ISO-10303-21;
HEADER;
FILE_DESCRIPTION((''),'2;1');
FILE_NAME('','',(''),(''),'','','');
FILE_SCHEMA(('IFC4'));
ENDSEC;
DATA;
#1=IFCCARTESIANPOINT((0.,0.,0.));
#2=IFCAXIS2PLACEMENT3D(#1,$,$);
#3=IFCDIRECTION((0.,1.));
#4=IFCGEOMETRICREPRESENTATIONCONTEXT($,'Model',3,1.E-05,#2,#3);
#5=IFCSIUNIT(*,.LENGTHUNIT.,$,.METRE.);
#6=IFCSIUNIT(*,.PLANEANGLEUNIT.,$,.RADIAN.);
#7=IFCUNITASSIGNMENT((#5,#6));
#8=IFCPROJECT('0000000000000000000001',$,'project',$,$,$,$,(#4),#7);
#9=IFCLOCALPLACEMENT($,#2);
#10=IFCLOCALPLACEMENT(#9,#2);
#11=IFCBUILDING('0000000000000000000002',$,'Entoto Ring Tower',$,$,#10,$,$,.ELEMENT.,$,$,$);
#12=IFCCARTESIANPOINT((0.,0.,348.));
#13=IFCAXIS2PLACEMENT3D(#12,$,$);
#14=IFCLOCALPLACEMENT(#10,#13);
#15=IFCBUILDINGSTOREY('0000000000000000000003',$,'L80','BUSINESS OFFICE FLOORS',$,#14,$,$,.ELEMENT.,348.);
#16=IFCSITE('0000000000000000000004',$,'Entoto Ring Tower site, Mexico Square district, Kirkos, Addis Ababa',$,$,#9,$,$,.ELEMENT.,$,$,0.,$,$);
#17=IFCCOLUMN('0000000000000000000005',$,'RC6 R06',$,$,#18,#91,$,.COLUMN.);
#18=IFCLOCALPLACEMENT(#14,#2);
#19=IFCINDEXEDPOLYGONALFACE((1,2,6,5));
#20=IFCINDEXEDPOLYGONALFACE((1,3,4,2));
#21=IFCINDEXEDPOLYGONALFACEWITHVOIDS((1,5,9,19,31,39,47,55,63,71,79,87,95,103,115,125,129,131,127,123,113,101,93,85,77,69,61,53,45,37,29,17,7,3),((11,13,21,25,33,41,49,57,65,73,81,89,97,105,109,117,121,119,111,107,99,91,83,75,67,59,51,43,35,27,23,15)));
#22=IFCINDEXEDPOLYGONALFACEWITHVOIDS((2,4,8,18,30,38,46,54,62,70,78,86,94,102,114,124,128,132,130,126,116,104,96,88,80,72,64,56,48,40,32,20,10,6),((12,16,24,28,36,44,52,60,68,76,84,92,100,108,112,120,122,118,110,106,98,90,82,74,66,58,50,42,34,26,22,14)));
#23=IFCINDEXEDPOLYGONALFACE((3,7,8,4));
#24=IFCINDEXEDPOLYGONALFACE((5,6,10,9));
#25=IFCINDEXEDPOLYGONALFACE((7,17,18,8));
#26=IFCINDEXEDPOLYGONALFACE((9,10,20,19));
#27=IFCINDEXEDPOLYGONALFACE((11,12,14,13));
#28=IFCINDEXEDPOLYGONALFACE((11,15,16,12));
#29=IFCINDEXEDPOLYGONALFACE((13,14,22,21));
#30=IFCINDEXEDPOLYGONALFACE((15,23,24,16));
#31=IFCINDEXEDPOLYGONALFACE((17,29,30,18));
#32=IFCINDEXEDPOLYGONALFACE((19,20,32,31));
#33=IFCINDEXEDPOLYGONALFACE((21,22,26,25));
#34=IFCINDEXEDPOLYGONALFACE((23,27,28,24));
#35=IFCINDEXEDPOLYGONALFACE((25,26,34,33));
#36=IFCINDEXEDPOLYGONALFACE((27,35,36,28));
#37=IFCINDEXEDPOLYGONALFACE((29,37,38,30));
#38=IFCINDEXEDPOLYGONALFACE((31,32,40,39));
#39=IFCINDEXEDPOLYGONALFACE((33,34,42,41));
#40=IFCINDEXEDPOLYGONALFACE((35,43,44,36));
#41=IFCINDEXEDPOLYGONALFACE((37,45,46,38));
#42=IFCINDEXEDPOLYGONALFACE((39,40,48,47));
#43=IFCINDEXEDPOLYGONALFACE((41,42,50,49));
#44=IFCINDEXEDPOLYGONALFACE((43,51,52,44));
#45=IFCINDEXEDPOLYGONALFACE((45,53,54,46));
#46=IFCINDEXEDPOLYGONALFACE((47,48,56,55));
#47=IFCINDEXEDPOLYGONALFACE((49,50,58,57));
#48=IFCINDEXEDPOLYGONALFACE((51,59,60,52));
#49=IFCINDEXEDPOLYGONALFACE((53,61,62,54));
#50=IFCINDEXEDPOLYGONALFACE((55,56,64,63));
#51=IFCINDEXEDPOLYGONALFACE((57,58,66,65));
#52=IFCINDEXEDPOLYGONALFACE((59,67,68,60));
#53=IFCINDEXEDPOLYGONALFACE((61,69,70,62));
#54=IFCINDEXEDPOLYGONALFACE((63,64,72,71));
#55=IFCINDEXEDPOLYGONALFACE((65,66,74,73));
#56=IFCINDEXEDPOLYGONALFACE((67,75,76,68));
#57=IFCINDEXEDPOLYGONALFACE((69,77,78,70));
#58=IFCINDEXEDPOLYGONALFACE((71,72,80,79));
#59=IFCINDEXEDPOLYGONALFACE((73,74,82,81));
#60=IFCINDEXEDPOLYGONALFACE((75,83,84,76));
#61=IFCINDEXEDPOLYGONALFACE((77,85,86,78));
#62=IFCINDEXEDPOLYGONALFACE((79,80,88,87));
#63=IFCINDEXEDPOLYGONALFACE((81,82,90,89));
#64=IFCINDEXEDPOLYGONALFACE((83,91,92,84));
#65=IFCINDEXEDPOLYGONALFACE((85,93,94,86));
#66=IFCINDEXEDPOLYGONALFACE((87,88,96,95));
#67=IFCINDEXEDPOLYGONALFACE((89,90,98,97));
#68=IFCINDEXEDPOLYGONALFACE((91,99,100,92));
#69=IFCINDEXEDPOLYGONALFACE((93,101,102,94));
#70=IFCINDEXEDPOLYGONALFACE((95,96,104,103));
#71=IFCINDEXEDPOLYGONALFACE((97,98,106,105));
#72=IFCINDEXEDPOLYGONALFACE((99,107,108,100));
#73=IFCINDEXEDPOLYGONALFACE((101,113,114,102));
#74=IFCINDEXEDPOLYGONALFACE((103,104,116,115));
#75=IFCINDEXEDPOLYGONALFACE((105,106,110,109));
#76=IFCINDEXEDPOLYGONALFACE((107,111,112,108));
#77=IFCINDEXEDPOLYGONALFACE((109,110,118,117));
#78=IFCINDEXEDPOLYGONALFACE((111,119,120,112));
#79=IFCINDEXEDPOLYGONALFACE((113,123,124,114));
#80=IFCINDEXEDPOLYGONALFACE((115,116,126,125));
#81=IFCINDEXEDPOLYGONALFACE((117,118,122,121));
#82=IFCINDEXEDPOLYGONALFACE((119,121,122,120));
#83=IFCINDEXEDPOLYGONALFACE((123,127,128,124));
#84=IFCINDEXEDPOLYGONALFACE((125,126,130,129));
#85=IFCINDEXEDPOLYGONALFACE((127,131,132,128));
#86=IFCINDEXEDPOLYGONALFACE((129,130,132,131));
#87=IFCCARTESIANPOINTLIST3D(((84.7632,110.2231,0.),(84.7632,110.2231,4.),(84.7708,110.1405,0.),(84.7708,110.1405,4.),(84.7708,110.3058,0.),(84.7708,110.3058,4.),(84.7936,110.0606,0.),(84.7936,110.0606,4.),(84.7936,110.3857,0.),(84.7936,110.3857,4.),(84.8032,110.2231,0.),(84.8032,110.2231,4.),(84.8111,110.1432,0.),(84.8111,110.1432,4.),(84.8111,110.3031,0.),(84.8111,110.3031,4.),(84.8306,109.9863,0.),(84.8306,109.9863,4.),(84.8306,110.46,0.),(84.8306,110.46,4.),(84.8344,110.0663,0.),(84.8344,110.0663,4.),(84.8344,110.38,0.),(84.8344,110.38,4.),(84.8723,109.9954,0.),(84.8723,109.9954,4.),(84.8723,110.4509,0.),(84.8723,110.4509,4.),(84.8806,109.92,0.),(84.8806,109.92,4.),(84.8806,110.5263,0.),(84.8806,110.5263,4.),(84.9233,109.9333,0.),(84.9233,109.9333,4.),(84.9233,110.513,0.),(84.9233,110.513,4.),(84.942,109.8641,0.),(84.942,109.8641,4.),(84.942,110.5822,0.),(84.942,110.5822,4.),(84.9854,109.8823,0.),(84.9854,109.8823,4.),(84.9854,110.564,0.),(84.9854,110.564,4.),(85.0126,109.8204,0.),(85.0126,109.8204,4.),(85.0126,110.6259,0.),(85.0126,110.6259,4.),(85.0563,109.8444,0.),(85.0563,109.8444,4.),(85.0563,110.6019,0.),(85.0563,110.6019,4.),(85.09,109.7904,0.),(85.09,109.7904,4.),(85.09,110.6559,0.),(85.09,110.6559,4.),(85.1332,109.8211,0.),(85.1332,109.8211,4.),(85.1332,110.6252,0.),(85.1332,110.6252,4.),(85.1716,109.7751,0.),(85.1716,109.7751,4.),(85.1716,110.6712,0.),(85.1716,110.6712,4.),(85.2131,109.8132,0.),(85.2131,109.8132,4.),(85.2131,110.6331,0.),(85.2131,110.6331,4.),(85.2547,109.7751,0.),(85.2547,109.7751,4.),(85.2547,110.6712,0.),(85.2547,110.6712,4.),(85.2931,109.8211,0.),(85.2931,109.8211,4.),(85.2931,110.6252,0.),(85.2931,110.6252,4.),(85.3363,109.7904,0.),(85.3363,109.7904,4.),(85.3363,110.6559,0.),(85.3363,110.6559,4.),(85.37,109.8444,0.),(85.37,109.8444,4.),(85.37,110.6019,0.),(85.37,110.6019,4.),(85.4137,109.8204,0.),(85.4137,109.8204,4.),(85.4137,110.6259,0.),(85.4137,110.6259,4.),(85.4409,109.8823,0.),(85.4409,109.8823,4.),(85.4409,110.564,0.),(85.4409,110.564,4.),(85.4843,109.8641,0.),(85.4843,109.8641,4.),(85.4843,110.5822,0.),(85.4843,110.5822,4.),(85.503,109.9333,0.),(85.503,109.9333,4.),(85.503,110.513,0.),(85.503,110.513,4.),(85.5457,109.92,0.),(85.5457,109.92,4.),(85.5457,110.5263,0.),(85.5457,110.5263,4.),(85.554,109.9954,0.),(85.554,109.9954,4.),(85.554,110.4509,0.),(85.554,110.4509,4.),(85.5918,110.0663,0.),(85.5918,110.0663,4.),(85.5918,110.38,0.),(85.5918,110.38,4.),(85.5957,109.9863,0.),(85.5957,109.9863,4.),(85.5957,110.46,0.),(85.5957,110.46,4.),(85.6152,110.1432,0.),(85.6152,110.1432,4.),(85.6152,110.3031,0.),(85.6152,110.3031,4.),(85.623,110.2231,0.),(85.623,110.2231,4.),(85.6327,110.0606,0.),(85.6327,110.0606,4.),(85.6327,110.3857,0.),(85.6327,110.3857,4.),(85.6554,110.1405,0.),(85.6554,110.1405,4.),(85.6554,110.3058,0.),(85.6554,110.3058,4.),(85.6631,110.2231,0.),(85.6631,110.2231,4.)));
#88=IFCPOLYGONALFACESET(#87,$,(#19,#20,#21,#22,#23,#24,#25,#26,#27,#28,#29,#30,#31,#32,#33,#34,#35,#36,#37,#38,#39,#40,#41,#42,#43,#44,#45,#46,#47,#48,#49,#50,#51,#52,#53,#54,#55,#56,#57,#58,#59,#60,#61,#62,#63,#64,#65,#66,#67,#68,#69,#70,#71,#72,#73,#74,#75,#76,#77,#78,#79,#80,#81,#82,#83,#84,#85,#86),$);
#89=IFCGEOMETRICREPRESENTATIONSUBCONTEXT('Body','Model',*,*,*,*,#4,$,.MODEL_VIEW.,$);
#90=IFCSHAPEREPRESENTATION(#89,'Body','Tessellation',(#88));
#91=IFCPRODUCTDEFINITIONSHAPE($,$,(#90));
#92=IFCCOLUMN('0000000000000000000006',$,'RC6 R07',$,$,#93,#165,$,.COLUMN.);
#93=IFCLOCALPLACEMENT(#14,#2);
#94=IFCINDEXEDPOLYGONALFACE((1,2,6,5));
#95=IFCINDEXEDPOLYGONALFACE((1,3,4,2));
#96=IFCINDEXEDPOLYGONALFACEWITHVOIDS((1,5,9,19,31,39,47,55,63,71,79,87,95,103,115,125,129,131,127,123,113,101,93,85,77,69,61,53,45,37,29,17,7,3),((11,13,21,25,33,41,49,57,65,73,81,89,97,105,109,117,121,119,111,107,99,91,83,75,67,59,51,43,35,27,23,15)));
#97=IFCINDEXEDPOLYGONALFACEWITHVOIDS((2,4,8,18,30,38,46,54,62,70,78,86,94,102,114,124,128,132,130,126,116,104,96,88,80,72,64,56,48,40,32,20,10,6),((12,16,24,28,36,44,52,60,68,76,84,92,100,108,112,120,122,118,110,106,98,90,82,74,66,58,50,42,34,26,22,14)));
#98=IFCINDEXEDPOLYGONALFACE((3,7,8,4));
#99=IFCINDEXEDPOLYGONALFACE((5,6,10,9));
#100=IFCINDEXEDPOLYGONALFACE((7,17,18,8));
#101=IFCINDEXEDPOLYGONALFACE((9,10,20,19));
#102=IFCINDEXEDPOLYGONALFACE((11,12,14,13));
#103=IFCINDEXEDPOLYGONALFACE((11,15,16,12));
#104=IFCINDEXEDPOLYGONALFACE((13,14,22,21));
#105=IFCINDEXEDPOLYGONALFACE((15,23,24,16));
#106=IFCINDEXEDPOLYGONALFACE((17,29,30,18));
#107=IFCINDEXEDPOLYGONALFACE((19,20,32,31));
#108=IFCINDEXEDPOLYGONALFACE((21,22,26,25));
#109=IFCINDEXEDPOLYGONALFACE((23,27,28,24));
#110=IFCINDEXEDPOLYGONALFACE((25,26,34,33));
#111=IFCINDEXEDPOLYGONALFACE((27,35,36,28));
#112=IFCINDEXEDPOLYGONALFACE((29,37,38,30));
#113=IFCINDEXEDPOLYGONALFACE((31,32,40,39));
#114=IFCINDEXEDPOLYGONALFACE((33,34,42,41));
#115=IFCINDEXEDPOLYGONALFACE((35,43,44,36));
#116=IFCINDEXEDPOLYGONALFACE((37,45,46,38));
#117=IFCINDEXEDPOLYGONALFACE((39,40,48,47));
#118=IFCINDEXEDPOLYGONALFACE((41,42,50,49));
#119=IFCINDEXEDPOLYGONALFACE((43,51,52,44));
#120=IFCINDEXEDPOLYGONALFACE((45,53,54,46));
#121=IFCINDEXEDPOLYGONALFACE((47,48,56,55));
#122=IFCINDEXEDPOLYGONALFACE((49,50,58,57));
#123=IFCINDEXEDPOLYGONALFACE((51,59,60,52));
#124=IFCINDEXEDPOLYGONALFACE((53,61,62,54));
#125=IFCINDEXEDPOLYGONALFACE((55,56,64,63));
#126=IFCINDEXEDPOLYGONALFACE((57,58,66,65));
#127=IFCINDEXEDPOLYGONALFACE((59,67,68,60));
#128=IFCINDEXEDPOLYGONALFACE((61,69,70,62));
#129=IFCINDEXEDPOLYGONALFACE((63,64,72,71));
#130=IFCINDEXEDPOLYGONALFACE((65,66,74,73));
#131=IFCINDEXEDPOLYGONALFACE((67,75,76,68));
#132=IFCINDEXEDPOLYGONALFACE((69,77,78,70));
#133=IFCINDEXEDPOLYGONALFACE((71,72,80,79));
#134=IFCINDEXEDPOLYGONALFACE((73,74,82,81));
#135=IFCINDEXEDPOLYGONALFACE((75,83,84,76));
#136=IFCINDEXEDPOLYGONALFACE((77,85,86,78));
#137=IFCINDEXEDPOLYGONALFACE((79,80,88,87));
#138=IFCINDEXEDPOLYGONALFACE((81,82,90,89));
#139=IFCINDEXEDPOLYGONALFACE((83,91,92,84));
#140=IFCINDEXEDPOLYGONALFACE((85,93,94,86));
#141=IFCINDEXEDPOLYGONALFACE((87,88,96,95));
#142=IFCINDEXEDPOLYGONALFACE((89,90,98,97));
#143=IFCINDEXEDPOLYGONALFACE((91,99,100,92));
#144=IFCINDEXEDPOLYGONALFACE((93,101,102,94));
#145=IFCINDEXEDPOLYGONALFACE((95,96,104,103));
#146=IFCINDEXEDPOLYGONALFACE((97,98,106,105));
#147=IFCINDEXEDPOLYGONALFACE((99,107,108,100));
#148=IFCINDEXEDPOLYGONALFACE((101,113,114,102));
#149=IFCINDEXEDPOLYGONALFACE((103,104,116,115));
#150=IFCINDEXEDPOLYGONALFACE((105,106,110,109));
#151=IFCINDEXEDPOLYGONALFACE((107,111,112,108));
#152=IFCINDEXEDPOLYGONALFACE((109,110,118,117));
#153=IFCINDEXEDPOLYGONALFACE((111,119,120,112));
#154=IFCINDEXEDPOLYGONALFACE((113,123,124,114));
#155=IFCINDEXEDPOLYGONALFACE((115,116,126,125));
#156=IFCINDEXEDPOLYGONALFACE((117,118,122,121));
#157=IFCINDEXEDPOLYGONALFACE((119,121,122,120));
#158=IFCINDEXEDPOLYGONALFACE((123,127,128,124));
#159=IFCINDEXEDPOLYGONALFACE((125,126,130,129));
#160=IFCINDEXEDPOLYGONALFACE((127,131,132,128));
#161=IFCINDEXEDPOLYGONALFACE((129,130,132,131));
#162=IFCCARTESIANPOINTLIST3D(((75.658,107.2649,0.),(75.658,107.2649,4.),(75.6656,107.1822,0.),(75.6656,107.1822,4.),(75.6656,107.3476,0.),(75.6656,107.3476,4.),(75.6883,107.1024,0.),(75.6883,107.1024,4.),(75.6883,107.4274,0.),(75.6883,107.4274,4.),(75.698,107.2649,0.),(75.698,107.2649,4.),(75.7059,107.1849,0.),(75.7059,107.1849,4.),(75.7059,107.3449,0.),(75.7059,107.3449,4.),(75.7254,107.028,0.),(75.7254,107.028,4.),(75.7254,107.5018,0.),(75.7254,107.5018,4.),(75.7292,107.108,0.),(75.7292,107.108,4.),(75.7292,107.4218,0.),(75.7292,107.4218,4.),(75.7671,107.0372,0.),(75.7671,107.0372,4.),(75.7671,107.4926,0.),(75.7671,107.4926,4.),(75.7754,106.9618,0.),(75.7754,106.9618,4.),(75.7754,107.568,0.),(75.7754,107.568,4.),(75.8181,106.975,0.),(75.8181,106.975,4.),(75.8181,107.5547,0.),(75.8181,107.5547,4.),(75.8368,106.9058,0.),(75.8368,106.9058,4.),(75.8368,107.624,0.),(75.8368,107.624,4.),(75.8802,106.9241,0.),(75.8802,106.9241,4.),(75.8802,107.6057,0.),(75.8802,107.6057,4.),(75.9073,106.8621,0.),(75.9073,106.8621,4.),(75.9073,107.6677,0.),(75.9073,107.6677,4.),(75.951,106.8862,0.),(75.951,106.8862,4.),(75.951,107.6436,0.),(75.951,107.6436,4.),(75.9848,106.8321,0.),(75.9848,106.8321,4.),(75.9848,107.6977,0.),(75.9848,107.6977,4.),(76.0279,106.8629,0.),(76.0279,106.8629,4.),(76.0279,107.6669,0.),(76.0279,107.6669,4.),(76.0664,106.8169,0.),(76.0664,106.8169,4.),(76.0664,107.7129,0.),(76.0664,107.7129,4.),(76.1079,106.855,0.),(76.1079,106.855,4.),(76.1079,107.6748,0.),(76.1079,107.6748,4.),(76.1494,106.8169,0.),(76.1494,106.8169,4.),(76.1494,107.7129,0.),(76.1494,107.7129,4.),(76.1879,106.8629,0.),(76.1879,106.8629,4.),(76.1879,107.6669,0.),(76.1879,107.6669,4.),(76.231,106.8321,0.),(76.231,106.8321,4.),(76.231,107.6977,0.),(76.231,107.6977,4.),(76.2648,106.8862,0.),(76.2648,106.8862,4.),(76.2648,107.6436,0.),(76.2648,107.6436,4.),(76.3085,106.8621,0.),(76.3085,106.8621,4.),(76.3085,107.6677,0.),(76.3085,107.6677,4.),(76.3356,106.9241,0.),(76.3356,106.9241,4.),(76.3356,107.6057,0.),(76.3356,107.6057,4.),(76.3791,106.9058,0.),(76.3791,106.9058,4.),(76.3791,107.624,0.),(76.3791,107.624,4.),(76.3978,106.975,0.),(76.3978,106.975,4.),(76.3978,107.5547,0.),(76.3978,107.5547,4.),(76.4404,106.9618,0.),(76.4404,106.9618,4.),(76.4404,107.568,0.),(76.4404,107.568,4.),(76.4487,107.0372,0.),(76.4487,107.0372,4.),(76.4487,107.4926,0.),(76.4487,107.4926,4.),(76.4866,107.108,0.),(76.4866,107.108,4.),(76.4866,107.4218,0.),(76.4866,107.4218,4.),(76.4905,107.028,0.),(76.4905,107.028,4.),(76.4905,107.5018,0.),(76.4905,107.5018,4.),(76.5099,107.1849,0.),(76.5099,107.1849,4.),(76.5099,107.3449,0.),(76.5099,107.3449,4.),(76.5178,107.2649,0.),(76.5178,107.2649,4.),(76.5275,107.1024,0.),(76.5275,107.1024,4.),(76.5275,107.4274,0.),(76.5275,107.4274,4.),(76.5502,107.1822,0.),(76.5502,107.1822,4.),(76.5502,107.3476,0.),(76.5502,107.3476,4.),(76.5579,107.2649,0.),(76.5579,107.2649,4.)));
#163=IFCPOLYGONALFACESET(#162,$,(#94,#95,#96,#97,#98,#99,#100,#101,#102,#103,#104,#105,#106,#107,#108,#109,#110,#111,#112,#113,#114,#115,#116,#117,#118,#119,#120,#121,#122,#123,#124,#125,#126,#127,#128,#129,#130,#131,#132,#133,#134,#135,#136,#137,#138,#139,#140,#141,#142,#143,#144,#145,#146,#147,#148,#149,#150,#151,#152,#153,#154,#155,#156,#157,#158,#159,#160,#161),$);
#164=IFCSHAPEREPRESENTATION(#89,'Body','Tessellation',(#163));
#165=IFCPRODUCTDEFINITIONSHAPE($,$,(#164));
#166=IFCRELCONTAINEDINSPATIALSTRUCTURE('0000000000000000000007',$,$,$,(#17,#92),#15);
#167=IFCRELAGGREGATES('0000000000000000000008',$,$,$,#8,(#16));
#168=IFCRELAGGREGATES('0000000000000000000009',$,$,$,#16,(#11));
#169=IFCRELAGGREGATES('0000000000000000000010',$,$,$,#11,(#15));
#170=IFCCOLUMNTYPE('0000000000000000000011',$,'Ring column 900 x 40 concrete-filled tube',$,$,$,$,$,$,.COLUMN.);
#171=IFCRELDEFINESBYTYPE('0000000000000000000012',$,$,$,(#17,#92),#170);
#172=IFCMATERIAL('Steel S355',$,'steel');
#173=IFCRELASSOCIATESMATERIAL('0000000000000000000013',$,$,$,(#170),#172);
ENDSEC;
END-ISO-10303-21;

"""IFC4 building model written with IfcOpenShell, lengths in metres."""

from ifc_helpers import new_model, si_unit, direction, frame, origin, origin_2d, place, context, subcontext, project, spatial, circle, hollow_circle, extrude, material, material_profile, profile_set, type_object, element, save


model = new_model("IFC4")

# Units and contexts
model_context = context("Model", 3, precision=1e-05, world=origin(), true_north=direction((0.0, 1.0)))
body_context = subcontext(model_context, "Body", "Model", "MODEL_VIEW")
ifc_project = project(units=[si_unit("LENGTHUNIT", "METRE"), si_unit("PLANEANGLEUNIT", "RADIAN")], contexts=[model_context])

# Site, building, storey
site_placement = place(None, origin())
site = spatial("IfcSite", under=ifc_project, at=site_placement, Name="Entoto Ring Tower site, Mexico Square district, Kirkos, Addis Ababa", CompositionType="ELEMENT", RefElevation=0.0)
building_placement = place(site_placement, origin())
building = spatial("IfcBuilding", under=site, at=building_placement, Name="Entoto Ring Tower", CompositionType="ELEMENT")
storey_placement = place(building_placement, frame((0.0, 0.0, 348.0)))
storey = spatial("IfcBuildingStorey", under=building, at=storey_placement, Name="L80", Description="BUSINESS OFFICE FLOORS", CompositionType="ELEMENT", Elevation=348.0)

# Columns
ifc_material_1 = material(Name="Steel S355", Category="steel")
ifc_material_profile_1 = material_profile(ifc_material_1, hollow_circle(Radius=0.45, WallThickness=0.04, at=origin_2d()), Name="CHS 900 x 40")
ifc_material_2 = material(Name="Concrete C60/75", Category="concrete")
ifc_material_profile_2 = material_profile(ifc_material_2, circle(Radius=0.4099, at=origin_2d()), Name="Concrete C60/75 infill")
ifc_profile_set_1 = profile_set([ifc_material_profile_1, ifc_material_profile_2], Name="Steel S355")
column_type = type_object("IfcColumnType", Name="Ring column 900 x 40 concrete-filled tube", PredefinedType="COLUMN", material=ifc_profile_set_1)
for number, where, z_axis, x_axis, name in (
    (1, (85.2131, 110.2231, 0.0), (0.0, 0.0, 1.0), (1.0, 0.0, 0.0), "RC6 R06"),
    (2, (76.1079, 107.2649, 0.0), (0.0, 0.0, 1.0), (1.0, 0.0, 0.0), "RC6 R07"),
):
    element("IfcColumn", number, at=place(storey_placement, frame(where, z_axis=z_axis, x_axis=x_axis)), inside=storey, type_object=column_type, Name=name, PredefinedType="COLUMN", context=body_context, shape_type="SweptSolid", body=[
        extrude(hollow_circle(Radius=0.45, WallThickness=0.04, at=origin_2d()), origin(), (0.0, 0.0, 1.0), 4.0),
    ])

save(model, "model.ifc")
